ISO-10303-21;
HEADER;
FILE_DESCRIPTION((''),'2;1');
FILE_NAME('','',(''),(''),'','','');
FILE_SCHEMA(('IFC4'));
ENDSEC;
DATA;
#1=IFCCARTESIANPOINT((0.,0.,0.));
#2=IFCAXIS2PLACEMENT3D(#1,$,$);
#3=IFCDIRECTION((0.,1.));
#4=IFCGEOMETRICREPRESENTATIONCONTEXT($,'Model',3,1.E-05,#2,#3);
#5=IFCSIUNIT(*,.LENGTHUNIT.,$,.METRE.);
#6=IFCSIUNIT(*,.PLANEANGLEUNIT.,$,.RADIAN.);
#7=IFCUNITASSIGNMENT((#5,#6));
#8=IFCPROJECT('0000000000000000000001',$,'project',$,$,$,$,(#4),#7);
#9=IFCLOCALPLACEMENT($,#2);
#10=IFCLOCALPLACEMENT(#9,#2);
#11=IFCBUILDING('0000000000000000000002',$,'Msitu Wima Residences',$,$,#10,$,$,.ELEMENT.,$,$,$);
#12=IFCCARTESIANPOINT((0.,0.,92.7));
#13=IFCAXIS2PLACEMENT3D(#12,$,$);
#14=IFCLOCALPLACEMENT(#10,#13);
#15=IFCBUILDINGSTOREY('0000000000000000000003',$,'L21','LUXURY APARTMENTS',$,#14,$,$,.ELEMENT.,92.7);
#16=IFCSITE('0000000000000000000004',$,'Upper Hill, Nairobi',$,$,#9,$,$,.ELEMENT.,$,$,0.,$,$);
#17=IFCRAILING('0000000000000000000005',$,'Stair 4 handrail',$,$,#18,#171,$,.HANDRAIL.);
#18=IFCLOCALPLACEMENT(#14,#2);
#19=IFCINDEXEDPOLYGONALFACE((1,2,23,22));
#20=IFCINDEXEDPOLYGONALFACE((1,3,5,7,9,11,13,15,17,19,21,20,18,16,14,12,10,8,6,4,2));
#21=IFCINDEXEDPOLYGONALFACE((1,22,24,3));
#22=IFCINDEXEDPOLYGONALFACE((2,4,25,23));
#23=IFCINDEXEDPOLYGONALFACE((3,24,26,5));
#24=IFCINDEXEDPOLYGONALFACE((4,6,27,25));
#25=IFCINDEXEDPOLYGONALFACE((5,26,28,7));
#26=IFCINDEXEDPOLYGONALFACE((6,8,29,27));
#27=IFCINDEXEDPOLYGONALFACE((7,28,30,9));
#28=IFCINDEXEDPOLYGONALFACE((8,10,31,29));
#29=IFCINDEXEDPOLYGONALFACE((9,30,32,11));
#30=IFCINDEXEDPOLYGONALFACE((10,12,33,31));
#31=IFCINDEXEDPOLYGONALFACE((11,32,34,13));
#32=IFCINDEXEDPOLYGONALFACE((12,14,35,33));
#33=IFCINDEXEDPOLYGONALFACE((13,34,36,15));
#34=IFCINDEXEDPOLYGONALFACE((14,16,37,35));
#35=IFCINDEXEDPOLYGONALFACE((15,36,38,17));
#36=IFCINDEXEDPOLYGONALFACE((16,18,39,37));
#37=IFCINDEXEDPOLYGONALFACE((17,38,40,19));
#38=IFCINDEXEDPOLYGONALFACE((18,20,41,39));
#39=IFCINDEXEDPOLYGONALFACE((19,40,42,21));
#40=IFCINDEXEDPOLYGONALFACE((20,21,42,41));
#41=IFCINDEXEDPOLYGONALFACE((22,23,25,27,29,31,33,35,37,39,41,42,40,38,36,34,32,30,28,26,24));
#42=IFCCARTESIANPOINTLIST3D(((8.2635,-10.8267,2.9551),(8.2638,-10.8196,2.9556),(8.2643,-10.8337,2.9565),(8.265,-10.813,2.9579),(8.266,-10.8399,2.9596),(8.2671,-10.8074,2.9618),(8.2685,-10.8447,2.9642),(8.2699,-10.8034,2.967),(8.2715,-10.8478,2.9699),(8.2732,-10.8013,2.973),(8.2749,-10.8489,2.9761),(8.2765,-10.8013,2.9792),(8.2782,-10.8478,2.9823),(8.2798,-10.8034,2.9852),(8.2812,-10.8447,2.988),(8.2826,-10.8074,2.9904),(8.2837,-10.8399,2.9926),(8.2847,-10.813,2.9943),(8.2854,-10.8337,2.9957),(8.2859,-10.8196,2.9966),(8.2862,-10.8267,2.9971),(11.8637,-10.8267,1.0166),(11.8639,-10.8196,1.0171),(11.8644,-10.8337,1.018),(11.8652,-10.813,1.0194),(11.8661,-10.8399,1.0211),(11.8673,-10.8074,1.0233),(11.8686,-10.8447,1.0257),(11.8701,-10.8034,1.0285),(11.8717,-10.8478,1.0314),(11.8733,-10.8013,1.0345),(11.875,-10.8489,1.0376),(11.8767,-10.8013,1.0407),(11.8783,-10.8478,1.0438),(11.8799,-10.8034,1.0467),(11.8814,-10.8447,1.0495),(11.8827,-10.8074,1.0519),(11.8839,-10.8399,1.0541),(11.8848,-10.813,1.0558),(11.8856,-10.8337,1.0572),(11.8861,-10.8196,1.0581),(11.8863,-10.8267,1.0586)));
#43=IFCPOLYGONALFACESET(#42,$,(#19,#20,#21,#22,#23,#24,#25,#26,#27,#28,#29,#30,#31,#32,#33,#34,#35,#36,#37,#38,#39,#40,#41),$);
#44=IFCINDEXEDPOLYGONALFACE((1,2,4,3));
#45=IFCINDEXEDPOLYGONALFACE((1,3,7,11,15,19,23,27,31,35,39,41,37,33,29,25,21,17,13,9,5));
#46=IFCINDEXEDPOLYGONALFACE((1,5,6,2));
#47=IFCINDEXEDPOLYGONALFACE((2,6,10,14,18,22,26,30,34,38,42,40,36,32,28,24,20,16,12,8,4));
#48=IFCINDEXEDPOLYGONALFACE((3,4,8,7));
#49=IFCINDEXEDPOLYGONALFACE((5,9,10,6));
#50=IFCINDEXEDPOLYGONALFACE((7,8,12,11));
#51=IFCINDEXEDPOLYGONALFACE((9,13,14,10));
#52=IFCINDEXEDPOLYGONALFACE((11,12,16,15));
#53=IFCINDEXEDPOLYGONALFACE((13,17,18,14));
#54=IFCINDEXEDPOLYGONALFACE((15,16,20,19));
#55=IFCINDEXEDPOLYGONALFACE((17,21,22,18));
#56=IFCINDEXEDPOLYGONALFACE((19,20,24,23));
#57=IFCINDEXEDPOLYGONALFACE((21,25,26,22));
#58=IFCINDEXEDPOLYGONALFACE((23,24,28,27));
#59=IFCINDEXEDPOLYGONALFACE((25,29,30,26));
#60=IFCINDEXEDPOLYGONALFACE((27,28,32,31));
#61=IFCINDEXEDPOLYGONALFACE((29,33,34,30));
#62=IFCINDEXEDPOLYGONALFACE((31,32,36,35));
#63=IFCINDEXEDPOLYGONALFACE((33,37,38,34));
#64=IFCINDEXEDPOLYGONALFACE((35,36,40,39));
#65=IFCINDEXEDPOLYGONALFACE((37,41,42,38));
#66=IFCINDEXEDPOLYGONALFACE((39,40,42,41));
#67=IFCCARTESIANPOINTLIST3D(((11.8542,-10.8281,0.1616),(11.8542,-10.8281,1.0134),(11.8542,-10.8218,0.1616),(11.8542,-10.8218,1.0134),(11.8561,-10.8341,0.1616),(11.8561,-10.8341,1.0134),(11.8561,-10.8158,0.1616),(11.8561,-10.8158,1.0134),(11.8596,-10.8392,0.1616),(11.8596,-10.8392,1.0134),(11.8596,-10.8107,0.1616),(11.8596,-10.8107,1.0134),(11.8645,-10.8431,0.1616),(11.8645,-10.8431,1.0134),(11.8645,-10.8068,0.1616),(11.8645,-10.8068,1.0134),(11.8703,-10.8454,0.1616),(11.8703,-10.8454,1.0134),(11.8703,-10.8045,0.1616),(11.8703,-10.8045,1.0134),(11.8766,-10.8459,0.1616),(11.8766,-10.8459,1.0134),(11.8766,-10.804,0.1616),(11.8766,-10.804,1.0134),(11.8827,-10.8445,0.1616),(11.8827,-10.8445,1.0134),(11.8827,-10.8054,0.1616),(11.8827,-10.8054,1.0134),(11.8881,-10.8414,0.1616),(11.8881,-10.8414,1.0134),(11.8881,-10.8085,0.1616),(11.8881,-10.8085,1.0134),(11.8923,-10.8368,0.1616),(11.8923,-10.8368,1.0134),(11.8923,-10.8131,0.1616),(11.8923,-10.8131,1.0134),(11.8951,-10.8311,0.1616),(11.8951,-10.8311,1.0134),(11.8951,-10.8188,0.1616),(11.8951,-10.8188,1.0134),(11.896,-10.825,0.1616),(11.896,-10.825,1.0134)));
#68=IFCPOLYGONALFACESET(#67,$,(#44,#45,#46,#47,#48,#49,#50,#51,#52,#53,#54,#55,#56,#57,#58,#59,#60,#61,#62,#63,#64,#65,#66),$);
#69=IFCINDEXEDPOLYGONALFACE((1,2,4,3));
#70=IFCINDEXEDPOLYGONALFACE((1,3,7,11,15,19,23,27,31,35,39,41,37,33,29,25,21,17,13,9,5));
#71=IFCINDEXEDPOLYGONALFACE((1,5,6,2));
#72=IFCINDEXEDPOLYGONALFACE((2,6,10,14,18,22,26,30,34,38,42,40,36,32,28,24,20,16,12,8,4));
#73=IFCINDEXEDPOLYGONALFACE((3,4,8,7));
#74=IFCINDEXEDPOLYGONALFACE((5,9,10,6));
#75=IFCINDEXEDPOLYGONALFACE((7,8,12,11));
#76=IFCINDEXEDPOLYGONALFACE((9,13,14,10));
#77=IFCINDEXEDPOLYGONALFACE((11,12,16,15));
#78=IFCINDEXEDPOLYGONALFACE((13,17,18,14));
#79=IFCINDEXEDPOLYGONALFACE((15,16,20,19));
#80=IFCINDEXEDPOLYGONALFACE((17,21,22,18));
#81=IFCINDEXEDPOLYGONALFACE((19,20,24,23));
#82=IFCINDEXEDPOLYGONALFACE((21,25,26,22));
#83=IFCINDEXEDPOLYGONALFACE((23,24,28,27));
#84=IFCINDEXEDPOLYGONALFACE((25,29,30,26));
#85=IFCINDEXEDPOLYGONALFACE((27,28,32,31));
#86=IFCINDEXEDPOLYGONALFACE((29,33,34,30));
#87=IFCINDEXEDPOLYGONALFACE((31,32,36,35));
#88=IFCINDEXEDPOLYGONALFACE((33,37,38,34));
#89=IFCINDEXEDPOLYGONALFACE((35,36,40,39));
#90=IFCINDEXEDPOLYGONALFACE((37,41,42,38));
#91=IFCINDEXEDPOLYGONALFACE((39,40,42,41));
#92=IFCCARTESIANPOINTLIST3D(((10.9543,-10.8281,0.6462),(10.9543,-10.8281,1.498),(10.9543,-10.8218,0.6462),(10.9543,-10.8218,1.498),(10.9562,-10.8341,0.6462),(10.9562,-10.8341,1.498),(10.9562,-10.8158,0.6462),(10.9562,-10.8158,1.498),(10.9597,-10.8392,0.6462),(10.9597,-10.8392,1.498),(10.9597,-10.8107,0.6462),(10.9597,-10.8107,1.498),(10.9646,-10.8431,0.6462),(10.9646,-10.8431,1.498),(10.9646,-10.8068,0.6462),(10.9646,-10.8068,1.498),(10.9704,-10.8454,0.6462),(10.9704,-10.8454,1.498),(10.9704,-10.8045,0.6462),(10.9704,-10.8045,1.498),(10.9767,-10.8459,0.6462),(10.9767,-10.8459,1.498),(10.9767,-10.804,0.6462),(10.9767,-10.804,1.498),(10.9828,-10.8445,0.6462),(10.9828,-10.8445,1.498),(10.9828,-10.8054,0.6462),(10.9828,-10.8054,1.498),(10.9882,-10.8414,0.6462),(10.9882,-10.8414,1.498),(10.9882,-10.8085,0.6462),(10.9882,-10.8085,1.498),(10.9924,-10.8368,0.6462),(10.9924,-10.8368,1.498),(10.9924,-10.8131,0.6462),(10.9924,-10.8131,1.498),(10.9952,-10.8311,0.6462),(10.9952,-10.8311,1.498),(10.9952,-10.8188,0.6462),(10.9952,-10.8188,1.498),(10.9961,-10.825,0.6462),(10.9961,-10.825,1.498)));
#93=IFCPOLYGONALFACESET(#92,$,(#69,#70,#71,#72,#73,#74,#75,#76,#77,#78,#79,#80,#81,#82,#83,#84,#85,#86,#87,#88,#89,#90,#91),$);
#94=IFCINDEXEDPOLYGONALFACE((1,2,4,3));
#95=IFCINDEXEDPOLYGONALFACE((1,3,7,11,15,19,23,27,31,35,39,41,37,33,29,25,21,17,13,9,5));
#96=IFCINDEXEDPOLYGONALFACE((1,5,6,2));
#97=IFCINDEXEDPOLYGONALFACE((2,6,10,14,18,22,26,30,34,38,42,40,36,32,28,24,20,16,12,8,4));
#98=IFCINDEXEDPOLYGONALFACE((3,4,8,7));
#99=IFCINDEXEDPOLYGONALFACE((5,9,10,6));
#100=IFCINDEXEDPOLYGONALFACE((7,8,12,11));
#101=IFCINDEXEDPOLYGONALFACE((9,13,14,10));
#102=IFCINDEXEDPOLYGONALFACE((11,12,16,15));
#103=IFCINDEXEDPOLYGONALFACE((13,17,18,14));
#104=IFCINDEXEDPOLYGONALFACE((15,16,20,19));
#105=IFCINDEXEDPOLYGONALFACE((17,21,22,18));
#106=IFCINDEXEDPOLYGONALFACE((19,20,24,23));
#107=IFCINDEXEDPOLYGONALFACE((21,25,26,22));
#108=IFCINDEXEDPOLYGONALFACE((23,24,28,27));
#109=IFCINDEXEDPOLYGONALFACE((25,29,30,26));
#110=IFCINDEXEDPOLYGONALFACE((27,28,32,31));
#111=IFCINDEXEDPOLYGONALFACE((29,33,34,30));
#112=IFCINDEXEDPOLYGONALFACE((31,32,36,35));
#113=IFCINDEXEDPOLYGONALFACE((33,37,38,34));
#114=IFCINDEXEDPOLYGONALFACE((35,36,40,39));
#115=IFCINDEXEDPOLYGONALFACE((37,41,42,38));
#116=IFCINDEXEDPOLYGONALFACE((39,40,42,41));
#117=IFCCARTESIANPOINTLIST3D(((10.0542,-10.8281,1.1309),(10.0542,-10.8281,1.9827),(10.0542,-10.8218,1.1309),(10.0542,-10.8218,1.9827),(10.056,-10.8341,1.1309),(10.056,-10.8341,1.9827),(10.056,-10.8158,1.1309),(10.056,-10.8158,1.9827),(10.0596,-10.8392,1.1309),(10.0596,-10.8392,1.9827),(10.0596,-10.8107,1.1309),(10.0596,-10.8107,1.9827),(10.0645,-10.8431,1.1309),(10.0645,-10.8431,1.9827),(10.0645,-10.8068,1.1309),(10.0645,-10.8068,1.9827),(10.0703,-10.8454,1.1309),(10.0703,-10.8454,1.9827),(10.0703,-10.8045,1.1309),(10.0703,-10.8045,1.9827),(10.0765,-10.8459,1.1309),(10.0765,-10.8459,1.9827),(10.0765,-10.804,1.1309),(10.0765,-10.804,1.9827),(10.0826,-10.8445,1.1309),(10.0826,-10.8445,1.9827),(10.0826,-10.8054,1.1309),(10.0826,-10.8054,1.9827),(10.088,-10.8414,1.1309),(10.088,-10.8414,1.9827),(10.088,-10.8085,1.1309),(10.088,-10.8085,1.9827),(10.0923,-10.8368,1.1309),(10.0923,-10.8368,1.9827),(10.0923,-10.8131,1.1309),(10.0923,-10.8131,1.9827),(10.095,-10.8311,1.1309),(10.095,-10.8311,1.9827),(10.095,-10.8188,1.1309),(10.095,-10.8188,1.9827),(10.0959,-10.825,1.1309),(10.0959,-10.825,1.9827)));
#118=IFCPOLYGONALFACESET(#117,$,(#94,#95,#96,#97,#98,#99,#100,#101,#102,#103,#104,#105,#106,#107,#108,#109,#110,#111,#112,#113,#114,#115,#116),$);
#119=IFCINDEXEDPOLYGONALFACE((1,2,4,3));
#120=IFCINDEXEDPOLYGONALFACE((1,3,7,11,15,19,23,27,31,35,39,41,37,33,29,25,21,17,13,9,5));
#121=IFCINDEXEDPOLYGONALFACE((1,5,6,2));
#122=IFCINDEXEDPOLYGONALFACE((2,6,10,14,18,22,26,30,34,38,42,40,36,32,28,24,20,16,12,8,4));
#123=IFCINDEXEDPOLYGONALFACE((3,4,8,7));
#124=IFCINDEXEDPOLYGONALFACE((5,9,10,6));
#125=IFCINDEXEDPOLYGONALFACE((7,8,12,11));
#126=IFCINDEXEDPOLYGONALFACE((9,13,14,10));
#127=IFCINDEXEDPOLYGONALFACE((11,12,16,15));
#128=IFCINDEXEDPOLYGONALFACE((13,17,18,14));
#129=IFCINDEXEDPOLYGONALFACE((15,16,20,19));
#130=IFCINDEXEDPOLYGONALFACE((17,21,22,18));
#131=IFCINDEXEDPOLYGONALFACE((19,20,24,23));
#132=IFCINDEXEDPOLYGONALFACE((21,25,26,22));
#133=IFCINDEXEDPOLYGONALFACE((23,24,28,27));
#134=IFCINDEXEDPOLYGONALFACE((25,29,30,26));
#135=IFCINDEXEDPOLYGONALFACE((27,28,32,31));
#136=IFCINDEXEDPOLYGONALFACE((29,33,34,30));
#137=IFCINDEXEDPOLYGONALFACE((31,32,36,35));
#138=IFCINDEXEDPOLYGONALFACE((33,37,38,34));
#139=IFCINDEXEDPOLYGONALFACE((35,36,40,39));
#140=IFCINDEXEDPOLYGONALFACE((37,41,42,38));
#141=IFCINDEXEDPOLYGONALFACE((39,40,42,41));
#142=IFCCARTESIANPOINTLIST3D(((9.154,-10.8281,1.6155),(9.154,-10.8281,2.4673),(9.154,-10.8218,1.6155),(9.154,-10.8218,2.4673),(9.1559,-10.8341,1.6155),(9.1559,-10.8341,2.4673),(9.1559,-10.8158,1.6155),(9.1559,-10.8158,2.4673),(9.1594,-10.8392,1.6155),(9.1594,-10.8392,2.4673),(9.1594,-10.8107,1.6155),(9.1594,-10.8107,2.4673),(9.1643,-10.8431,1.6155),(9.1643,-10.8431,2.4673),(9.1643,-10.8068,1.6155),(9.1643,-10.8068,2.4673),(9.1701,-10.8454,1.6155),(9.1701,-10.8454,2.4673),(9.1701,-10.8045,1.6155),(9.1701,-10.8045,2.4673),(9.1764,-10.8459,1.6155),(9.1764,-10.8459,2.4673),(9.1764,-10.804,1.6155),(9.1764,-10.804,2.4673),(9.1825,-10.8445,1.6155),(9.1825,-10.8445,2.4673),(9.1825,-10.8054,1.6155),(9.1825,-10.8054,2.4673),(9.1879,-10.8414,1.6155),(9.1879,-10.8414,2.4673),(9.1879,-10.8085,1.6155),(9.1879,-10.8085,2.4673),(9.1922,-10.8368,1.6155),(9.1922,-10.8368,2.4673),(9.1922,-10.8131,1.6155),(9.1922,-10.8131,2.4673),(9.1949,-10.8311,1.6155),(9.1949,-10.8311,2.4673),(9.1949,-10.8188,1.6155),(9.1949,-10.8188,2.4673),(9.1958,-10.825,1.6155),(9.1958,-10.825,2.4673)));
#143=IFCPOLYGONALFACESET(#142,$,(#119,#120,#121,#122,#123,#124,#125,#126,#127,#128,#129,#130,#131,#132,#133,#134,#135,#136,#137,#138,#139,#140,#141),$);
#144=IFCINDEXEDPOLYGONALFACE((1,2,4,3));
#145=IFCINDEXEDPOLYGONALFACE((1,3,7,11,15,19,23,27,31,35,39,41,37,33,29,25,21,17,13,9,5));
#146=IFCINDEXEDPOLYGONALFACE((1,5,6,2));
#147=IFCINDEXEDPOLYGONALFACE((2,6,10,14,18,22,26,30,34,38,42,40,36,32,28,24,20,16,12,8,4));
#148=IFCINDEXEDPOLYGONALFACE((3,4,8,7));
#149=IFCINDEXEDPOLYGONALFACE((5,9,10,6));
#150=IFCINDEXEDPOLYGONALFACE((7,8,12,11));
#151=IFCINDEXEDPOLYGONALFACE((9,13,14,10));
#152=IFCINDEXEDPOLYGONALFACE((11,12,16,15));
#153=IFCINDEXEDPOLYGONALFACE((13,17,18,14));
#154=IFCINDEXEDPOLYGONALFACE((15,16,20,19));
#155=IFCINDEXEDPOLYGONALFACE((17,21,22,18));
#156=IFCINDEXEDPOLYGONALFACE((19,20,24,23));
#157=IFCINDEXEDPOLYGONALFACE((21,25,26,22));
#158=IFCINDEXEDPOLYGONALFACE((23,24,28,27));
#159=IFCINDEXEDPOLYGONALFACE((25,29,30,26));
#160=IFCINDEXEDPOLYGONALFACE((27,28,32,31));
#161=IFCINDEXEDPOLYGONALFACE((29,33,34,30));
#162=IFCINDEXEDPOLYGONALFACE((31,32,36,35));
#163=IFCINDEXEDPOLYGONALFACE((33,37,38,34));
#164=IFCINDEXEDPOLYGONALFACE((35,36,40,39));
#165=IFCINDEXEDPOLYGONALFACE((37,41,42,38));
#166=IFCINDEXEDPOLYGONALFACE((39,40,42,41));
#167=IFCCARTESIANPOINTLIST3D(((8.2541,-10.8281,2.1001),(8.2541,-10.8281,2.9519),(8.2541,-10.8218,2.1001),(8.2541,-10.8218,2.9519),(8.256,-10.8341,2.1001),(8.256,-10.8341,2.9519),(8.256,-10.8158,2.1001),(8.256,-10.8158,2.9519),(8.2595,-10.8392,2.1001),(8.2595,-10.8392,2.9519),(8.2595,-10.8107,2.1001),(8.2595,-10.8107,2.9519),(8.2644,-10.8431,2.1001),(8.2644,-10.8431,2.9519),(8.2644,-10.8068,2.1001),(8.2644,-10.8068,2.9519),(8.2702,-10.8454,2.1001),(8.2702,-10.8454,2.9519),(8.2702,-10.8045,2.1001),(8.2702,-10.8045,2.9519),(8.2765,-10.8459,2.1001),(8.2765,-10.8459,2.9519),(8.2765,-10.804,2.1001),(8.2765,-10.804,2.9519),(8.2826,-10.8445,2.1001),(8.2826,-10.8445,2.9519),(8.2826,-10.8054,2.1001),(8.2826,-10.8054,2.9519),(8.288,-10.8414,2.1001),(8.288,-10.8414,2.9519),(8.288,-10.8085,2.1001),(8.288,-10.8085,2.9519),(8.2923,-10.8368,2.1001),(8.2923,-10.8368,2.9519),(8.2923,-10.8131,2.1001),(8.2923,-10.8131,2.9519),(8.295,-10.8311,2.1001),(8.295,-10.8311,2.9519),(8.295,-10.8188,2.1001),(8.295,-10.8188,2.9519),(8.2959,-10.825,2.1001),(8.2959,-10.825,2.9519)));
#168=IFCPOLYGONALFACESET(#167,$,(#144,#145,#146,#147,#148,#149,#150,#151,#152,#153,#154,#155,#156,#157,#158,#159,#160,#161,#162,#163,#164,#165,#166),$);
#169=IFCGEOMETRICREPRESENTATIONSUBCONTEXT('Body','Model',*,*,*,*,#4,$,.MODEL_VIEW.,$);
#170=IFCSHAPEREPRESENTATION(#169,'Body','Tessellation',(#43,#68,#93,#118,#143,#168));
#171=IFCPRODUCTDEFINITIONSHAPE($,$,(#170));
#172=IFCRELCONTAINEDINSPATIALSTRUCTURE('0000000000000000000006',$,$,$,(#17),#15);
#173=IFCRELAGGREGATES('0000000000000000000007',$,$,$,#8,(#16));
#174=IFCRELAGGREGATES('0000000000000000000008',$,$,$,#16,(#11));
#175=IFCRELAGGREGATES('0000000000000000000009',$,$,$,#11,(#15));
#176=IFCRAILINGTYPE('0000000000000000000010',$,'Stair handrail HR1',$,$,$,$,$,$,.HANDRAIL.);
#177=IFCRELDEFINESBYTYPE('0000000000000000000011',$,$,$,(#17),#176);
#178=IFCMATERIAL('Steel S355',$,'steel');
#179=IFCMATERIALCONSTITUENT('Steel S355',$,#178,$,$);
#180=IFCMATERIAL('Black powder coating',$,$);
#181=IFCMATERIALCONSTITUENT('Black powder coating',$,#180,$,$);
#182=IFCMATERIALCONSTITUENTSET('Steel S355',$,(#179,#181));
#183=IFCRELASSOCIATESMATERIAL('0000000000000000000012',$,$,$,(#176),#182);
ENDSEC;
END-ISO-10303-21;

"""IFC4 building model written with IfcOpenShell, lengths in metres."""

from ifc_helpers import new_model, si_unit, direction, frame, origin, origin_2d, place, context, subcontext, project, spatial, circle, extrude, material, constituent, constituent_set, type_object, element, save


model = new_model("IFC4")

# Units and contexts
model_context = context("Model", 3, precision=1e-05, world=origin(), true_north=direction((0.0, 1.0)))
body_context = subcontext(model_context, "Body", "Model", "MODEL_VIEW")
ifc_project = project(units=[si_unit("LENGTHUNIT", "METRE"), si_unit("PLANEANGLEUNIT", "RADIAN")], contexts=[model_context])

# Site, building, storey
site_placement = place(None, origin())
site = spatial("IfcSite", under=ifc_project, at=site_placement, Name="Upper Hill, Nairobi", CompositionType="ELEMENT", RefElevation=0.0)
building_placement = place(site_placement, origin())
building = spatial("IfcBuilding", under=site, at=building_placement, Name="Msitu Wima Residences", CompositionType="ELEMENT")
storey_placement = place(building_placement, frame((0.0, 0.0, 92.7)))
storey = spatial("IfcBuildingStorey", under=building, at=storey_placement, Name="L21", Description="LUXURY APARTMENTS", CompositionType="ELEMENT", Elevation=92.7)

# Railing
ifc_material_1 = material(Name="Steel S355", Category="steel")
ifc_constituent_1 = constituent(ifc_material_1, Name="Steel S355")
ifc_material_2 = material(Name="Black powder coating")
ifc_constituent_2 = constituent(ifc_material_2, Name="Black powder coating")
ifc_constituent_set = constituent_set(constituents=[ifc_constituent_1, ifc_constituent_2], Name="Steel S355")
railing_type = type_object("IfcRailingType", Name="Stair handrail HR1", PredefinedType="HANDRAIL", material=ifc_constituent_set)
for number, where, name in (
    (1, (11.875, -10.825, 0.1616), "Stair 4 handrail"),
):
    element("IfcRailing", number, at=place(storey_placement, frame(where)), inside=storey, type_object=railing_type, Name=name, PredefinedType="HANDRAIL", context=body_context, shape_type="SweptSolid", body=[
        extrude(circle(Radius=0.0239, at=origin_2d()), frame((0.0, 0.0, 0.876), z_axis=(-0.880475, 0.0, 0.474093), x_axis=(0.0, -1.0, 0.0)), (0.0, 0.0, 1.0), 4.0889),
        extrude(circle(Radius=0.021, at=origin_2d()), origin(), (0.0, 0.0, 1.0), 0.8518),
        extrude(circle(Radius=0.021, at=origin_2d()), frame((-0.8999, 0.0, 0.4846)), (0.0, 0.0, 1.0), 0.8518),
        extrude(circle(Radius=0.021, at=origin_2d()), frame((-1.8, 0.0, 0.9692)), (0.0, 0.0, 1.0), 0.8518),
        extrude(circle(Radius=0.021, at=origin_2d()), frame((-2.7002, 0.0, 1.4539)), (0.0, 0.0, 1.0), 0.8518),
        extrude(circle(Radius=0.021, at=origin_2d()), frame((-3.6001, 0.0, 1.9385)), (0.0, 0.0, 1.0), 0.8518),
    ])

save(model, "model.ifc")
